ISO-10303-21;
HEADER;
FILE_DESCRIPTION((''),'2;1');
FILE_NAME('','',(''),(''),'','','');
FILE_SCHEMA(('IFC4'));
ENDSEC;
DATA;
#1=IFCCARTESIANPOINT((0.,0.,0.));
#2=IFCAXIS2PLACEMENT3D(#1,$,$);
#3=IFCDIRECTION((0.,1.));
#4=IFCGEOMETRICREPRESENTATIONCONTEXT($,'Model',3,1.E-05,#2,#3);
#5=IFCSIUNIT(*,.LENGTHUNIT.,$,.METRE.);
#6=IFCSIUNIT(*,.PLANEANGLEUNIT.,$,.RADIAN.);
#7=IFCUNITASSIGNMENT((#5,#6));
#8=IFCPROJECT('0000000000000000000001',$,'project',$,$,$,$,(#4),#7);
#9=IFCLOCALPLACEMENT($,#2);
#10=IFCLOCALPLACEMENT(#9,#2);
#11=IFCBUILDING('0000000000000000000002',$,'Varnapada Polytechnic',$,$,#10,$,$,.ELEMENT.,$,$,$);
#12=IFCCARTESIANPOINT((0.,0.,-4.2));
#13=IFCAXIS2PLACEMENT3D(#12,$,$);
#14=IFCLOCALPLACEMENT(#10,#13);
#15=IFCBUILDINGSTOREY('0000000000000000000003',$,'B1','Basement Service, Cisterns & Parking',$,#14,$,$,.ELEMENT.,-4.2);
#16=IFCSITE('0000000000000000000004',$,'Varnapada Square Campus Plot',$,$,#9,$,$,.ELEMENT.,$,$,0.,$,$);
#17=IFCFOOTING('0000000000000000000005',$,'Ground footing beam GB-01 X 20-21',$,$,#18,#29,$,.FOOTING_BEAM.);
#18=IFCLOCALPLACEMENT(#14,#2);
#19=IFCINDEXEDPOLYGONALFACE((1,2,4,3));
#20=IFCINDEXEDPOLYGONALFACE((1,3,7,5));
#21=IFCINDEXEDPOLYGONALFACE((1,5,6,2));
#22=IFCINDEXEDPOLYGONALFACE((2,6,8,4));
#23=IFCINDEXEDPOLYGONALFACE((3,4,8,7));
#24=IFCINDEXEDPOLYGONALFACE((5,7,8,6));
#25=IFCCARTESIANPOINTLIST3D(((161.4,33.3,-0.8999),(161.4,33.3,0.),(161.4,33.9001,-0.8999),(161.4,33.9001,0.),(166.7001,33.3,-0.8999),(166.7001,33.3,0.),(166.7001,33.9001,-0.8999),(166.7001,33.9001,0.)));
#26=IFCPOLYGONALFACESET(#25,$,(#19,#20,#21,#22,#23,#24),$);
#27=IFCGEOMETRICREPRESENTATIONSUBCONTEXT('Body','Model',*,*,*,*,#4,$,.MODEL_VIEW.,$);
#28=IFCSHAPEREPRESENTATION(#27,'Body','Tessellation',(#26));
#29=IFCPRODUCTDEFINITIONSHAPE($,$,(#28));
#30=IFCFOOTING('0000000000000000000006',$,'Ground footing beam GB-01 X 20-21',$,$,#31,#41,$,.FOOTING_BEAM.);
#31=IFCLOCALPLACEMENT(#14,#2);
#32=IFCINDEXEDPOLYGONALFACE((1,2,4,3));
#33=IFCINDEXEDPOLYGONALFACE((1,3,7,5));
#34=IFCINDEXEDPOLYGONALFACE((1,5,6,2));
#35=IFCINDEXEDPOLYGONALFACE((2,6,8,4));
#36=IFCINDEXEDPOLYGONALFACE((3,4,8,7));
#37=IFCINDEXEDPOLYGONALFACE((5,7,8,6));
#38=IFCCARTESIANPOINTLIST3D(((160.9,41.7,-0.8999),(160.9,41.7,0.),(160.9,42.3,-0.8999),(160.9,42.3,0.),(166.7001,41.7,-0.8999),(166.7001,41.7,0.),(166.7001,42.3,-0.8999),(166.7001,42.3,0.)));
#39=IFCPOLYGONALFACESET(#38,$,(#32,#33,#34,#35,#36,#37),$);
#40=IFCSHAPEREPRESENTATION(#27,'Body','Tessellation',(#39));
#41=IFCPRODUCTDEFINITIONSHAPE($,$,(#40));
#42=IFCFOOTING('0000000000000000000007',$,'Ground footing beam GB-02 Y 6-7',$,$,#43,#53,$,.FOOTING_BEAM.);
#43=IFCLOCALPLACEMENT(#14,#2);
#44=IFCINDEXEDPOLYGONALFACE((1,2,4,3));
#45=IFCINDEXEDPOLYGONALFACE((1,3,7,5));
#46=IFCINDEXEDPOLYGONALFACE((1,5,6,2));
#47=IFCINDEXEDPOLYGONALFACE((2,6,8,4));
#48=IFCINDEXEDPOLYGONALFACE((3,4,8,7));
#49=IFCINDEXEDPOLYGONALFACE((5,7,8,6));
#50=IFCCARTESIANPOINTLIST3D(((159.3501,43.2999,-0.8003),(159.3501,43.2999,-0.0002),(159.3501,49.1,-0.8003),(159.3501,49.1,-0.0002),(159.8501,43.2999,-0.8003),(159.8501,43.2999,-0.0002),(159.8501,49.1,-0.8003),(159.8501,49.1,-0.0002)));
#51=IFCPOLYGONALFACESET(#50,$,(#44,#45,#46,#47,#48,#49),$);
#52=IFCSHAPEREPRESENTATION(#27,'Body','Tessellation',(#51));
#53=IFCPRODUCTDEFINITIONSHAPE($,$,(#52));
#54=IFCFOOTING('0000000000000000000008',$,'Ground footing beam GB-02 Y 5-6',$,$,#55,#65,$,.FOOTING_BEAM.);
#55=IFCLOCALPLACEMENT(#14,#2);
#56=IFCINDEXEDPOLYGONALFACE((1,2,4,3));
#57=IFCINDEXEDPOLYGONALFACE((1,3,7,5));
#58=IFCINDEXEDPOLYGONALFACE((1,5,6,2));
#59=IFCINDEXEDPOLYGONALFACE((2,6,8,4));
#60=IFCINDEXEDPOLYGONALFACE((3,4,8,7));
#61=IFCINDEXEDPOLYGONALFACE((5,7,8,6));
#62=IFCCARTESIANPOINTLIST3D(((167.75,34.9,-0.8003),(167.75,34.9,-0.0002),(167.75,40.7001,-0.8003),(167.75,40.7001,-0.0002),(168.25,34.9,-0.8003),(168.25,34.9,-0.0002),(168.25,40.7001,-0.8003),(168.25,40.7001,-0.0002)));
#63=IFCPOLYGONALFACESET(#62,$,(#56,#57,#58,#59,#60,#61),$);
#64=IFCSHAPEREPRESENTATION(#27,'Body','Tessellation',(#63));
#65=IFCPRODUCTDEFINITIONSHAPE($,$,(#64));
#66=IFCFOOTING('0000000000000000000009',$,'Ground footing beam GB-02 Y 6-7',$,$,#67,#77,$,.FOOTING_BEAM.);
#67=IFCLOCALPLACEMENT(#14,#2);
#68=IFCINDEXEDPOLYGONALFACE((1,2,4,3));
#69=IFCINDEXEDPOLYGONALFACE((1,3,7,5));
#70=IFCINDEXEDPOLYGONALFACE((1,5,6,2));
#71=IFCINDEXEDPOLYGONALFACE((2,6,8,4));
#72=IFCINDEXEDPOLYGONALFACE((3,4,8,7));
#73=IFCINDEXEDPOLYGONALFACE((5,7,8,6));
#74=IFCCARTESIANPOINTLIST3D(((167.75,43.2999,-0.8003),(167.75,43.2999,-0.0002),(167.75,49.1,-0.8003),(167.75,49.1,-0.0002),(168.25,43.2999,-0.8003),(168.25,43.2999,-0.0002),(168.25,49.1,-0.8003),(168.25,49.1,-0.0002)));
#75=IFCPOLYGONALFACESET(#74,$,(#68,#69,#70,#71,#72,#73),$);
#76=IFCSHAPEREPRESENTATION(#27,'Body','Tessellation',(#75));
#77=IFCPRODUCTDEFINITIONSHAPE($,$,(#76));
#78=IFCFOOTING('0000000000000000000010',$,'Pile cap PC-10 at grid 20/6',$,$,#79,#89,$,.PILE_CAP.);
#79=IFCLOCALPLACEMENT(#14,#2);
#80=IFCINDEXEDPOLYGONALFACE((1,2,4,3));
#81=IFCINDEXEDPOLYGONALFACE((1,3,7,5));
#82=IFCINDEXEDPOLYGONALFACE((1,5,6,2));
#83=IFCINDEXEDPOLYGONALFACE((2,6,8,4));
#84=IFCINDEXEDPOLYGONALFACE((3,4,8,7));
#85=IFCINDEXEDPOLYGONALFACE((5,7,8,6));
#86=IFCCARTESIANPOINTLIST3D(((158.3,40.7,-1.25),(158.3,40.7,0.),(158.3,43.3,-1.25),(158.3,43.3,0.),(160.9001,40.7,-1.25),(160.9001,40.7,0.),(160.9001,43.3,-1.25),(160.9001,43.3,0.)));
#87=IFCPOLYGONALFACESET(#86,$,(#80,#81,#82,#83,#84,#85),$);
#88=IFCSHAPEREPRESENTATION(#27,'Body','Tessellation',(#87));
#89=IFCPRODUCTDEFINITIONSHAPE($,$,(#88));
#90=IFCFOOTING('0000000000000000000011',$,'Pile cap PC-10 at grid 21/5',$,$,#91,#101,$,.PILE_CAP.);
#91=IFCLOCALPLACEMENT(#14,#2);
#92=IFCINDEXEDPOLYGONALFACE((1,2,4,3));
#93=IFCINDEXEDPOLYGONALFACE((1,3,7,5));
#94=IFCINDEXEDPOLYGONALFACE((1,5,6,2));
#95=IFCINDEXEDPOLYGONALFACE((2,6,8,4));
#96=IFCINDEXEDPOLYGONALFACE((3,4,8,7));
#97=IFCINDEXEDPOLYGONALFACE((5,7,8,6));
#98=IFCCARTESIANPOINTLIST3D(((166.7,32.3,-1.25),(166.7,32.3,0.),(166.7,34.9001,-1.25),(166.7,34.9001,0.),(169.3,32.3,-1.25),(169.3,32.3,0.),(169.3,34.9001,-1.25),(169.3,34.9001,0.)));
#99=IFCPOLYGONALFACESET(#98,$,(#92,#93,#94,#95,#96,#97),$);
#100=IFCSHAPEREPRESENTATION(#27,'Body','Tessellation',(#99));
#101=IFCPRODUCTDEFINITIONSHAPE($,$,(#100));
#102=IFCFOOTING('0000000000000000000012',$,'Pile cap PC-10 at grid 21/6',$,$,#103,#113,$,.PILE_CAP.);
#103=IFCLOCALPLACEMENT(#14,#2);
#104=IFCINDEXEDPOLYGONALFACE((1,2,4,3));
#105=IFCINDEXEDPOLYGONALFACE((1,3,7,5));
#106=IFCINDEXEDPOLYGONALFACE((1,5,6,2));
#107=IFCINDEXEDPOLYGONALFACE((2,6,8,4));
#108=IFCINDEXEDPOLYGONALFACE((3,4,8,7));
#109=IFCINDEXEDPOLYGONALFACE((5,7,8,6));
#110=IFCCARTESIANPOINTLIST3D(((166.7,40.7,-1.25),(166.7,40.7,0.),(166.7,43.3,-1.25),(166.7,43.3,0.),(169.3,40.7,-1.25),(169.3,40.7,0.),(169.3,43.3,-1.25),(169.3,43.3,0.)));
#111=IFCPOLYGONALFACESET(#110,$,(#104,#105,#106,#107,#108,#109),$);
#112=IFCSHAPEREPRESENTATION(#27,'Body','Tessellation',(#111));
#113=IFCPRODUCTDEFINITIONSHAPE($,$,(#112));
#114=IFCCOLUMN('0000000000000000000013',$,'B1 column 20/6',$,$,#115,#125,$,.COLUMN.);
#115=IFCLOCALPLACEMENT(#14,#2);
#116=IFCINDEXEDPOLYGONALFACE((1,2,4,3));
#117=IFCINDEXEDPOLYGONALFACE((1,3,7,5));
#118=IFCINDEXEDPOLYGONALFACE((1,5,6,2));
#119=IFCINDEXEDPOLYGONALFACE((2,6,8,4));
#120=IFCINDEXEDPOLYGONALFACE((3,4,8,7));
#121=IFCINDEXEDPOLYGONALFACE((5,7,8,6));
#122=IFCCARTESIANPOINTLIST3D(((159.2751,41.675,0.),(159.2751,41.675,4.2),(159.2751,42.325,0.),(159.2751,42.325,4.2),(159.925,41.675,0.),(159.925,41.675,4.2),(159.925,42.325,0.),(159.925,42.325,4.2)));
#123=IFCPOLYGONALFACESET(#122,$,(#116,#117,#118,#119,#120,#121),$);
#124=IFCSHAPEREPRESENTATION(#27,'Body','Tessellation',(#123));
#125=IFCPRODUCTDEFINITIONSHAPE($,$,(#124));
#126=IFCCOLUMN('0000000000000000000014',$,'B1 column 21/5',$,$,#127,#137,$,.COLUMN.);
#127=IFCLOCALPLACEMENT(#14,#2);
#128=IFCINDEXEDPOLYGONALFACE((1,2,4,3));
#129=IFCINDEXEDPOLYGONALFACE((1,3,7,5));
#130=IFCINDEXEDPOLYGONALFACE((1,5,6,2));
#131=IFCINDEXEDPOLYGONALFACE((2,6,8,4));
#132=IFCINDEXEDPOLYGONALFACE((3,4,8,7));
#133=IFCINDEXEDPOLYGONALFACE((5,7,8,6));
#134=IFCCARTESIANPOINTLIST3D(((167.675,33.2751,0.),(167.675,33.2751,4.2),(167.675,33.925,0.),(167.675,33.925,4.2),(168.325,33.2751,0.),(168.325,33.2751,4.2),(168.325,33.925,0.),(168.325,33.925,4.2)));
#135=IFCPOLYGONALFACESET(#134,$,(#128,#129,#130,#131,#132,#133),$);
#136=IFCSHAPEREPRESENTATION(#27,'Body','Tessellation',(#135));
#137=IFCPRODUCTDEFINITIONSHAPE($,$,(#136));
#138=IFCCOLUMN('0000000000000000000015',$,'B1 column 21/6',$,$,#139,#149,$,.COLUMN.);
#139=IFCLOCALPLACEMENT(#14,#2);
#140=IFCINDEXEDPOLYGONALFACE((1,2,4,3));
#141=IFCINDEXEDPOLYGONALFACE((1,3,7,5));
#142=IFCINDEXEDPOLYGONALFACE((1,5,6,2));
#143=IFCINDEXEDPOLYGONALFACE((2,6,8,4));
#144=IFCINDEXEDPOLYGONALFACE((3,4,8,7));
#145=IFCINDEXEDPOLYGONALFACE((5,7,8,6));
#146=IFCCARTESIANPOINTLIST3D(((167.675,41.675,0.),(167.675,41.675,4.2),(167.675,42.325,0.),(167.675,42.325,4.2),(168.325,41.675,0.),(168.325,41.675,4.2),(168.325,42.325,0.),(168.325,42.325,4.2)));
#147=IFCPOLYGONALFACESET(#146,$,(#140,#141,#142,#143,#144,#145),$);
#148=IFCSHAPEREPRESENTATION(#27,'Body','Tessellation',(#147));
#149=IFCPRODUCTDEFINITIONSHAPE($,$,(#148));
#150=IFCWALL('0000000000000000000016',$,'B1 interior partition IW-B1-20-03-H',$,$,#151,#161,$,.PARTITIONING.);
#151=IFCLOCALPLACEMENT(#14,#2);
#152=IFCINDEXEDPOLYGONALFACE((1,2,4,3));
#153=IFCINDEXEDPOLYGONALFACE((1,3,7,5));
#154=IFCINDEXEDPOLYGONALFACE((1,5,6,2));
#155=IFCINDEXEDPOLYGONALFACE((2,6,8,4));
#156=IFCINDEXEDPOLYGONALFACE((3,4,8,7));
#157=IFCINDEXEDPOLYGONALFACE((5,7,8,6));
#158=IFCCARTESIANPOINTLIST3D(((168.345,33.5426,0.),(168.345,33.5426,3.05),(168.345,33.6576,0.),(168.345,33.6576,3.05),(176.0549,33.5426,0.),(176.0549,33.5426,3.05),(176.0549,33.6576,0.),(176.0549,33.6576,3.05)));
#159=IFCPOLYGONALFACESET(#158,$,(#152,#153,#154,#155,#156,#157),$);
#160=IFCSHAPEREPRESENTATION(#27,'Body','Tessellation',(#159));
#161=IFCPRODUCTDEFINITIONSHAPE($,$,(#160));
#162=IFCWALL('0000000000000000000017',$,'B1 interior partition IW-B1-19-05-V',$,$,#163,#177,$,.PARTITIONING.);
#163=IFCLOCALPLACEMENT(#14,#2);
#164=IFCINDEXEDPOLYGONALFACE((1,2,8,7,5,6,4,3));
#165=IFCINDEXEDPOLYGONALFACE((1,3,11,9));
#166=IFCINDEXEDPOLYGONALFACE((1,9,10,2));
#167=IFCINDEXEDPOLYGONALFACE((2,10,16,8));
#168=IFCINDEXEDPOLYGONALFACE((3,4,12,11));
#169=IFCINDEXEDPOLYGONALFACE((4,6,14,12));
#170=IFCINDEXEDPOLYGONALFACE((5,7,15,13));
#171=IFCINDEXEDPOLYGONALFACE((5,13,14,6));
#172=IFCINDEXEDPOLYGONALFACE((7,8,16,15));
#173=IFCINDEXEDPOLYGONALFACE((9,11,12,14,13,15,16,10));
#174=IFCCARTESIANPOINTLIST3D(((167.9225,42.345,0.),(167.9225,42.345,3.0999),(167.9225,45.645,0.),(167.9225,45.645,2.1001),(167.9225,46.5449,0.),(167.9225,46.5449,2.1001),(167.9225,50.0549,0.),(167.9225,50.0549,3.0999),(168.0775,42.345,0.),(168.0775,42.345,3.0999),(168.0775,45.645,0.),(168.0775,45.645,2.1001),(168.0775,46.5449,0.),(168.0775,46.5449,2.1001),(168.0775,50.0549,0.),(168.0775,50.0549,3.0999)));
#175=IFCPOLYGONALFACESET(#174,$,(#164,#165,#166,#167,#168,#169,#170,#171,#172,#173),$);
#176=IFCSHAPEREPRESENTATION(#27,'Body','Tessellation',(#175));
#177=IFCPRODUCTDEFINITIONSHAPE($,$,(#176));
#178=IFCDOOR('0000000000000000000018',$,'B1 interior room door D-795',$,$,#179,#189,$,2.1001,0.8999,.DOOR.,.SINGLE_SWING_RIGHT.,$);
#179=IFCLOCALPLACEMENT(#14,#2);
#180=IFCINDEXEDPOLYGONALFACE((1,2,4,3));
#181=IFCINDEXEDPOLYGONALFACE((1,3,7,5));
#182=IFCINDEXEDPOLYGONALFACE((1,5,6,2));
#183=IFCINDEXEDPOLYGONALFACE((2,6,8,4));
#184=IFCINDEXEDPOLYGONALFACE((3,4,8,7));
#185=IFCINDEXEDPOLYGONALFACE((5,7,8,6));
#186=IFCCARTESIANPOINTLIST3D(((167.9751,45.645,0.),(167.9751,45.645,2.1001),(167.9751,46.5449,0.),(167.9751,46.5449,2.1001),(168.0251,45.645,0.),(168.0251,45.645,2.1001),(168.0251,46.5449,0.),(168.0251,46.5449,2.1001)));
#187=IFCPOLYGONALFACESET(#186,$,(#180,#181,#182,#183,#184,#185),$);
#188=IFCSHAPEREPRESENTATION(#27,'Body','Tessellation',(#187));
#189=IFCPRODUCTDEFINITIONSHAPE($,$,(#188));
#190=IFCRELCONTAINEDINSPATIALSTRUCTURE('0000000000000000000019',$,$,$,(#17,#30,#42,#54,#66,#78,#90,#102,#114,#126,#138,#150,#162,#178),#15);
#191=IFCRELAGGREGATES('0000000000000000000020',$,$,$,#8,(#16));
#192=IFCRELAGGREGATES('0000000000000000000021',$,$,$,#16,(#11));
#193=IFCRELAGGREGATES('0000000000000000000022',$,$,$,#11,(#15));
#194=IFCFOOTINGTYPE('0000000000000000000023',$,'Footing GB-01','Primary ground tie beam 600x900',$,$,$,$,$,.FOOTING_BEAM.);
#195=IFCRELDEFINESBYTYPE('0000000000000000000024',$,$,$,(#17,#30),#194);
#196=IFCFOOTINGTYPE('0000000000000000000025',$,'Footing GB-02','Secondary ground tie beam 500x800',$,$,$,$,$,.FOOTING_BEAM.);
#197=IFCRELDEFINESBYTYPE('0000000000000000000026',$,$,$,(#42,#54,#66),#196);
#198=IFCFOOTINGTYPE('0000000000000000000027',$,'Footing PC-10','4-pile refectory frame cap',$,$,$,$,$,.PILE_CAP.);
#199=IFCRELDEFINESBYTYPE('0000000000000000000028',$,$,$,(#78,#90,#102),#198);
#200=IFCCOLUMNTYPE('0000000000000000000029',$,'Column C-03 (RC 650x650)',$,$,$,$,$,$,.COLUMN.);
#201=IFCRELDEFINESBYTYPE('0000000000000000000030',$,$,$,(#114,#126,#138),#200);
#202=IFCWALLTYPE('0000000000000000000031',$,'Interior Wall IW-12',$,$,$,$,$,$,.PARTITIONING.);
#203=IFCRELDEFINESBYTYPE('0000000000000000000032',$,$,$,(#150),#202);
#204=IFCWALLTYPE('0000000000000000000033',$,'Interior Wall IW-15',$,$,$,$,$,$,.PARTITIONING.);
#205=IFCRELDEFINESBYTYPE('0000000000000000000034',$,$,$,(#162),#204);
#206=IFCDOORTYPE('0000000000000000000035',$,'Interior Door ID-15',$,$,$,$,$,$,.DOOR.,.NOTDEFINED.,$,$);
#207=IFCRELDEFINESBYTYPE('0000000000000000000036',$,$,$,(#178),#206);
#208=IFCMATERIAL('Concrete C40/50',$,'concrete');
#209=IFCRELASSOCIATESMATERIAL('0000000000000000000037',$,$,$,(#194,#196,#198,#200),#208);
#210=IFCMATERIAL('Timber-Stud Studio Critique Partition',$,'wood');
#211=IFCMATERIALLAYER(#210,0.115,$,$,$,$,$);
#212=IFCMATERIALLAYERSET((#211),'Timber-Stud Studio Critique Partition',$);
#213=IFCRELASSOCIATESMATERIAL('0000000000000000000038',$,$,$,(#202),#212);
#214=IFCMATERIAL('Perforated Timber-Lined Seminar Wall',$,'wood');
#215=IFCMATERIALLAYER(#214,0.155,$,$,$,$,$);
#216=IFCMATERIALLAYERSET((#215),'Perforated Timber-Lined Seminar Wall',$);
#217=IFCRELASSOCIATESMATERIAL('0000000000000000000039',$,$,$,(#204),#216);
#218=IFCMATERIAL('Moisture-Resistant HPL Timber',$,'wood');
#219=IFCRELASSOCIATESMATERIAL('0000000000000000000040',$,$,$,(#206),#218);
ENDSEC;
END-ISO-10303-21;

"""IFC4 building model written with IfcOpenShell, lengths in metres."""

from ifc_helpers import new_model, si_unit, direction, frame, frame_2d, origin, origin_2d, place, context, subcontext, project, spatial, rectangle, extrude, material, layer, layer_set, material_profile, profile_set, type_object, element, fill, save


model = new_model("IFC4")

# Units and contexts
model_context = context("Model", 3, precision=1e-05, world=origin(), true_north=direction((0.0, 1.0)))
body_context = subcontext(model_context, "Body", "Model", "MODEL_VIEW")
ifc_project = project(units=[si_unit("LENGTHUNIT", "METRE"), si_unit("PLANEANGLEUNIT", "RADIAN")], contexts=[model_context])

# Site, building, storey
site_placement = place(None, origin())
site = spatial("IfcSite", under=ifc_project, at=site_placement, Name="Varnapada Square Campus Plot", CompositionType="ELEMENT", RefElevation=0.0)
building_placement = place(site_placement, origin())
building = spatial("IfcBuilding", under=site, at=building_placement, Name="Varnapada Polytechnic", CompositionType="ELEMENT")
storey_placement = place(building_placement, frame((0.0, 0.0, -4.2)))
storey = spatial("IfcBuildingStorey", under=building, at=storey_placement, Name="B1", Description="Basement Service, Cisterns & Parking", CompositionType="ELEMENT", Elevation=-4.2)

# Shared definitions
ifc_material_1 = material(Name="Concrete C40/50", Category="concrete")

# Footings
footing_type_1 = type_object("IfcFootingType", Name="Footing GB-01", Description="Primary ground tie beam 600x900", PredefinedType="FOOTING_BEAM", material=ifc_material_1)
footing_1_placement = place(storey_placement, frame((164.05, 33.6001, -0.8999), z_axis=(0.0, 0.0, 1.0), x_axis=(1.0, 0.0, 0.0)))
element("IfcFooting", 1, at=footing_1_placement, inside=storey, type_object=footing_type_1, Name="Ground footing beam GB-01 X 20-21", PredefinedType="FOOTING_BEAM", context=body_context, shape_type="SweptSolid", body=[
    extrude(rectangle(XDim=5.3, YDim=0.6001, at=origin_2d()), origin(), (0.0, 0.0, 1.0), 0.8999),
])
footing_2_placement = place(storey_placement, frame((163.8, 42.0, -0.8999), z_axis=(0.0, 0.0, 1.0), x_axis=(1.0, 0.0, 0.0)))
element("IfcFooting", 2, at=footing_2_placement, inside=storey, type_object=footing_type_1, Name="Ground footing beam GB-01 X 20-21", PredefinedType="FOOTING_BEAM", context=body_context, shape_type="SweptSolid", body=[
    extrude(rectangle(XDim=5.8, YDim=0.6001, at=origin_2d()), origin(), (0.0, 0.0, 1.0), 0.8999),
])
footing_type_2 = type_object("IfcFootingType", Name="Footing GB-02", Description="Secondary ground tie beam 500x800", PredefinedType="FOOTING_BEAM", material=ifc_material_1)
for number, where, z_axis, x_axis, name in (
    (3, (159.6001, 46.2, -0.8003), (0.0, 0.0, 1.0), (0.0, 1.0, 0.0), "Ground footing beam GB-02 Y 6-7"),
    (4, (168.0, 37.8, -0.8003), (0.0, 0.0, 1.0), (0.0, 1.0, 0.0), "Ground footing beam GB-02 Y 5-6"),
    (5, (168.0, 46.2, -0.8003), (0.0, 0.0, 1.0), (0.0, 1.0, 0.0), "Ground footing beam GB-02 Y 6-7"),
):
    element("IfcFooting", number, at=place(storey_placement, frame(where, z_axis=z_axis, x_axis=x_axis)), inside=storey, type_object=footing_type_2, Name=name, PredefinedType="FOOTING_BEAM", context=body_context, shape_type="SweptSolid", body=[
        extrude(rectangle(XDim=5.8, YDim=0.5, at=origin_2d()), origin(), (0.0, 0.0, 1.0), 0.8),
    ])
footing_type_3 = type_object("IfcFootingType", Name="Footing PC-10", Description="4-pile refectory frame cap", PredefinedType="PILE_CAP", material=ifc_material_1)
for number, where, z_axis, x_axis, name in (
    (6, (159.6001, 42.0, -1.25), (0.0, 0.0, 1.0), (1.0, 0.0, 0.0), "Pile cap PC-10 at grid 20/6"),
    (7, (168.0, 33.6001, -1.25), (0.0, 0.0, 1.0), (1.0, 0.0, 0.0), "Pile cap PC-10 at grid 21/5"),
    (8, (168.0, 42.0, -1.25), (0.0, 0.0, 1.0), (1.0, 0.0, 0.0), "Pile cap PC-10 at grid 21/6"),
):
    element("IfcFooting", number, at=place(storey_placement, frame(where, z_axis=z_axis, x_axis=x_axis)), inside=storey, type_object=footing_type_3, Name=name, PredefinedType="PILE_CAP", context=body_context, shape_type="SweptSolid", body=[
        extrude(rectangle(XDim=2.6001, YDim=2.6001, at=origin_2d()), origin(), (0.0, 0.0, 1.0), 1.25),
    ])

# Columns
ifc_material_profile_1 = material_profile(ifc_material_1, rectangle(XDim=0.6499, YDim=0.6499, at=origin_2d()), Name="RC 650x650")
ifc_profile_set_1 = profile_set([ifc_material_profile_1], Name="Concrete C40/50")
column_type = type_object("IfcColumnType", Name="Column C-03 (RC 650x650)", PredefinedType="COLUMN", material=ifc_profile_set_1)
for number, where, z_axis, x_axis, name in (
    (9, (159.6001, 42.0, 0.0), (0.0, 0.0, 1.0), (1.0, 0.0, 0.0), "B1 column 20/6"),
    (10, (168.0, 33.6001, 0.0), (0.0, 0.0, 1.0), (1.0, 0.0, 0.0), "B1 column 21/5"),
    (11, (168.0, 42.0, 0.0), (0.0, 0.0, 1.0), (1.0, 0.0, 0.0), "B1 column 21/6"),
):
    element("IfcColumn", number, at=place(storey_placement, frame(where, z_axis=z_axis, x_axis=x_axis)), inside=storey, type_object=column_type, Name=name, PredefinedType="COLUMN", context=body_context, shape_type="SweptSolid", body=[
        extrude(rectangle(XDim=0.6499, YDim=0.6499, at=origin_2d()), origin(), (0.0, 0.0, 1.0), 4.2),
    ])

# Wall
ifc_material_2 = material(Name="Timber-Stud Studio Critique Partition", Category="wood")
ifc_layer_1 = layer(ifc_material_2, 0.115)
ifc_layer_set_1 = layer_set([ifc_layer_1], Name="Timber-Stud Studio Critique Partition")
wall_type_1 = type_object("IfcWallType", Name="Interior Wall IW-12", PredefinedType="PARTITIONING", material=ifc_layer_set_1)
wall_1_placement = place(storey_placement, frame((168.345, 33.6001, 0.0), z_axis=(0.0, 0.0, 1.0), x_axis=(1.0, 0.0, 0.0)))
element("IfcWall", 12, at=wall_1_placement, inside=storey, type_object=wall_type_1, Name="B1 interior partition IW-B1-20-03-H", PredefinedType="PARTITIONING", context=body_context, shape_type="SweptSolid", body=[
    extrude(rectangle(XDim=7.71, YDim=0.115, at=frame_2d((3.855, 0.0))), origin(), (0.0, 0.0, 1.0), 3.05),
])

# Wall, opening, door
ifc_material_3 = material(Name="Perforated Timber-Lined Seminar Wall", Category="wood")
ifc_layer_2 = layer(ifc_material_3, 0.155)
ifc_layer_set_2 = layer_set([ifc_layer_2], Name="Perforated Timber-Lined Seminar Wall")
wall_type_2 = type_object("IfcWallType", Name="Interior Wall IW-15", PredefinedType="PARTITIONING", material=ifc_layer_set_2)
wall_2_placement = place(storey_placement, frame((168.0, 42.345, 0.0), z_axis=(0.0, 0.0, 1.0), x_axis=(0.0, 1.0, 0.0)))
wall_2 = element("IfcWall", 13, at=wall_2_placement, inside=storey, type_object=wall_type_2, Name="B1 interior partition IW-B1-19-05-V", PredefinedType="PARTITIONING", context=body_context, shape_type="SweptSolid", body=[
    extrude(rectangle(XDim=7.71, YDim=0.155, at=frame_2d((3.855, 0.0))), origin(), (0.0, 0.0, 1.0), 3.0999),
])
opening_1_placement = place(wall_2_placement, frame((3.3, 0.0, 0.0)))
opening_1 = element("IfcOpeningElement", 14, at=opening_1_placement, cuts=wall_2, PredefinedType="OPENING", context=body_context, shape_type="SweptSolid", body=[
    extrude(rectangle(XDim=0.8999, YDim=2.1001, at=frame_2d((0.45, 1.05))), frame((0.0, 0.0874, 0.0), z_axis=(0.0, -1.0, 0.0), x_axis=(1.0, 0.0, 0.0)), (0.0, 0.0, 1.0), 0.175),
])
ifc_material_4 = material(Name="Moisture-Resistant HPL Timber", Category="wood")
door_type_1 = type_object("IfcDoorType", Name="Interior Door ID-15", OperationType="NOTDEFINED", PredefinedType="DOOR", material=ifc_material_4)
door_1_placement = place(opening_1_placement, origin())
door_1 = element("IfcDoor", 15, at=door_1_placement, inside=storey, type_object=door_type_1, Name="B1 interior room door D-795", OperationType="SINGLE_SWING_RIGHT", OverallHeight=2.1001, OverallWidth=0.8999, PredefinedType="DOOR", context=body_context, shape_type="SweptSolid", body=[
    extrude(rectangle(XDim=0.8999, YDim=2.1001, at=frame_2d((0.45, 1.05))), frame((0.0, 0.0249, 0.0), z_axis=(0.0, -1.0, 0.0), x_axis=(1.0, 0.0, 0.0)), (0.0, 0.0, 1.0), 0.05),
])
fill(opening_1, door_1)

save(model, "model.ifc")
